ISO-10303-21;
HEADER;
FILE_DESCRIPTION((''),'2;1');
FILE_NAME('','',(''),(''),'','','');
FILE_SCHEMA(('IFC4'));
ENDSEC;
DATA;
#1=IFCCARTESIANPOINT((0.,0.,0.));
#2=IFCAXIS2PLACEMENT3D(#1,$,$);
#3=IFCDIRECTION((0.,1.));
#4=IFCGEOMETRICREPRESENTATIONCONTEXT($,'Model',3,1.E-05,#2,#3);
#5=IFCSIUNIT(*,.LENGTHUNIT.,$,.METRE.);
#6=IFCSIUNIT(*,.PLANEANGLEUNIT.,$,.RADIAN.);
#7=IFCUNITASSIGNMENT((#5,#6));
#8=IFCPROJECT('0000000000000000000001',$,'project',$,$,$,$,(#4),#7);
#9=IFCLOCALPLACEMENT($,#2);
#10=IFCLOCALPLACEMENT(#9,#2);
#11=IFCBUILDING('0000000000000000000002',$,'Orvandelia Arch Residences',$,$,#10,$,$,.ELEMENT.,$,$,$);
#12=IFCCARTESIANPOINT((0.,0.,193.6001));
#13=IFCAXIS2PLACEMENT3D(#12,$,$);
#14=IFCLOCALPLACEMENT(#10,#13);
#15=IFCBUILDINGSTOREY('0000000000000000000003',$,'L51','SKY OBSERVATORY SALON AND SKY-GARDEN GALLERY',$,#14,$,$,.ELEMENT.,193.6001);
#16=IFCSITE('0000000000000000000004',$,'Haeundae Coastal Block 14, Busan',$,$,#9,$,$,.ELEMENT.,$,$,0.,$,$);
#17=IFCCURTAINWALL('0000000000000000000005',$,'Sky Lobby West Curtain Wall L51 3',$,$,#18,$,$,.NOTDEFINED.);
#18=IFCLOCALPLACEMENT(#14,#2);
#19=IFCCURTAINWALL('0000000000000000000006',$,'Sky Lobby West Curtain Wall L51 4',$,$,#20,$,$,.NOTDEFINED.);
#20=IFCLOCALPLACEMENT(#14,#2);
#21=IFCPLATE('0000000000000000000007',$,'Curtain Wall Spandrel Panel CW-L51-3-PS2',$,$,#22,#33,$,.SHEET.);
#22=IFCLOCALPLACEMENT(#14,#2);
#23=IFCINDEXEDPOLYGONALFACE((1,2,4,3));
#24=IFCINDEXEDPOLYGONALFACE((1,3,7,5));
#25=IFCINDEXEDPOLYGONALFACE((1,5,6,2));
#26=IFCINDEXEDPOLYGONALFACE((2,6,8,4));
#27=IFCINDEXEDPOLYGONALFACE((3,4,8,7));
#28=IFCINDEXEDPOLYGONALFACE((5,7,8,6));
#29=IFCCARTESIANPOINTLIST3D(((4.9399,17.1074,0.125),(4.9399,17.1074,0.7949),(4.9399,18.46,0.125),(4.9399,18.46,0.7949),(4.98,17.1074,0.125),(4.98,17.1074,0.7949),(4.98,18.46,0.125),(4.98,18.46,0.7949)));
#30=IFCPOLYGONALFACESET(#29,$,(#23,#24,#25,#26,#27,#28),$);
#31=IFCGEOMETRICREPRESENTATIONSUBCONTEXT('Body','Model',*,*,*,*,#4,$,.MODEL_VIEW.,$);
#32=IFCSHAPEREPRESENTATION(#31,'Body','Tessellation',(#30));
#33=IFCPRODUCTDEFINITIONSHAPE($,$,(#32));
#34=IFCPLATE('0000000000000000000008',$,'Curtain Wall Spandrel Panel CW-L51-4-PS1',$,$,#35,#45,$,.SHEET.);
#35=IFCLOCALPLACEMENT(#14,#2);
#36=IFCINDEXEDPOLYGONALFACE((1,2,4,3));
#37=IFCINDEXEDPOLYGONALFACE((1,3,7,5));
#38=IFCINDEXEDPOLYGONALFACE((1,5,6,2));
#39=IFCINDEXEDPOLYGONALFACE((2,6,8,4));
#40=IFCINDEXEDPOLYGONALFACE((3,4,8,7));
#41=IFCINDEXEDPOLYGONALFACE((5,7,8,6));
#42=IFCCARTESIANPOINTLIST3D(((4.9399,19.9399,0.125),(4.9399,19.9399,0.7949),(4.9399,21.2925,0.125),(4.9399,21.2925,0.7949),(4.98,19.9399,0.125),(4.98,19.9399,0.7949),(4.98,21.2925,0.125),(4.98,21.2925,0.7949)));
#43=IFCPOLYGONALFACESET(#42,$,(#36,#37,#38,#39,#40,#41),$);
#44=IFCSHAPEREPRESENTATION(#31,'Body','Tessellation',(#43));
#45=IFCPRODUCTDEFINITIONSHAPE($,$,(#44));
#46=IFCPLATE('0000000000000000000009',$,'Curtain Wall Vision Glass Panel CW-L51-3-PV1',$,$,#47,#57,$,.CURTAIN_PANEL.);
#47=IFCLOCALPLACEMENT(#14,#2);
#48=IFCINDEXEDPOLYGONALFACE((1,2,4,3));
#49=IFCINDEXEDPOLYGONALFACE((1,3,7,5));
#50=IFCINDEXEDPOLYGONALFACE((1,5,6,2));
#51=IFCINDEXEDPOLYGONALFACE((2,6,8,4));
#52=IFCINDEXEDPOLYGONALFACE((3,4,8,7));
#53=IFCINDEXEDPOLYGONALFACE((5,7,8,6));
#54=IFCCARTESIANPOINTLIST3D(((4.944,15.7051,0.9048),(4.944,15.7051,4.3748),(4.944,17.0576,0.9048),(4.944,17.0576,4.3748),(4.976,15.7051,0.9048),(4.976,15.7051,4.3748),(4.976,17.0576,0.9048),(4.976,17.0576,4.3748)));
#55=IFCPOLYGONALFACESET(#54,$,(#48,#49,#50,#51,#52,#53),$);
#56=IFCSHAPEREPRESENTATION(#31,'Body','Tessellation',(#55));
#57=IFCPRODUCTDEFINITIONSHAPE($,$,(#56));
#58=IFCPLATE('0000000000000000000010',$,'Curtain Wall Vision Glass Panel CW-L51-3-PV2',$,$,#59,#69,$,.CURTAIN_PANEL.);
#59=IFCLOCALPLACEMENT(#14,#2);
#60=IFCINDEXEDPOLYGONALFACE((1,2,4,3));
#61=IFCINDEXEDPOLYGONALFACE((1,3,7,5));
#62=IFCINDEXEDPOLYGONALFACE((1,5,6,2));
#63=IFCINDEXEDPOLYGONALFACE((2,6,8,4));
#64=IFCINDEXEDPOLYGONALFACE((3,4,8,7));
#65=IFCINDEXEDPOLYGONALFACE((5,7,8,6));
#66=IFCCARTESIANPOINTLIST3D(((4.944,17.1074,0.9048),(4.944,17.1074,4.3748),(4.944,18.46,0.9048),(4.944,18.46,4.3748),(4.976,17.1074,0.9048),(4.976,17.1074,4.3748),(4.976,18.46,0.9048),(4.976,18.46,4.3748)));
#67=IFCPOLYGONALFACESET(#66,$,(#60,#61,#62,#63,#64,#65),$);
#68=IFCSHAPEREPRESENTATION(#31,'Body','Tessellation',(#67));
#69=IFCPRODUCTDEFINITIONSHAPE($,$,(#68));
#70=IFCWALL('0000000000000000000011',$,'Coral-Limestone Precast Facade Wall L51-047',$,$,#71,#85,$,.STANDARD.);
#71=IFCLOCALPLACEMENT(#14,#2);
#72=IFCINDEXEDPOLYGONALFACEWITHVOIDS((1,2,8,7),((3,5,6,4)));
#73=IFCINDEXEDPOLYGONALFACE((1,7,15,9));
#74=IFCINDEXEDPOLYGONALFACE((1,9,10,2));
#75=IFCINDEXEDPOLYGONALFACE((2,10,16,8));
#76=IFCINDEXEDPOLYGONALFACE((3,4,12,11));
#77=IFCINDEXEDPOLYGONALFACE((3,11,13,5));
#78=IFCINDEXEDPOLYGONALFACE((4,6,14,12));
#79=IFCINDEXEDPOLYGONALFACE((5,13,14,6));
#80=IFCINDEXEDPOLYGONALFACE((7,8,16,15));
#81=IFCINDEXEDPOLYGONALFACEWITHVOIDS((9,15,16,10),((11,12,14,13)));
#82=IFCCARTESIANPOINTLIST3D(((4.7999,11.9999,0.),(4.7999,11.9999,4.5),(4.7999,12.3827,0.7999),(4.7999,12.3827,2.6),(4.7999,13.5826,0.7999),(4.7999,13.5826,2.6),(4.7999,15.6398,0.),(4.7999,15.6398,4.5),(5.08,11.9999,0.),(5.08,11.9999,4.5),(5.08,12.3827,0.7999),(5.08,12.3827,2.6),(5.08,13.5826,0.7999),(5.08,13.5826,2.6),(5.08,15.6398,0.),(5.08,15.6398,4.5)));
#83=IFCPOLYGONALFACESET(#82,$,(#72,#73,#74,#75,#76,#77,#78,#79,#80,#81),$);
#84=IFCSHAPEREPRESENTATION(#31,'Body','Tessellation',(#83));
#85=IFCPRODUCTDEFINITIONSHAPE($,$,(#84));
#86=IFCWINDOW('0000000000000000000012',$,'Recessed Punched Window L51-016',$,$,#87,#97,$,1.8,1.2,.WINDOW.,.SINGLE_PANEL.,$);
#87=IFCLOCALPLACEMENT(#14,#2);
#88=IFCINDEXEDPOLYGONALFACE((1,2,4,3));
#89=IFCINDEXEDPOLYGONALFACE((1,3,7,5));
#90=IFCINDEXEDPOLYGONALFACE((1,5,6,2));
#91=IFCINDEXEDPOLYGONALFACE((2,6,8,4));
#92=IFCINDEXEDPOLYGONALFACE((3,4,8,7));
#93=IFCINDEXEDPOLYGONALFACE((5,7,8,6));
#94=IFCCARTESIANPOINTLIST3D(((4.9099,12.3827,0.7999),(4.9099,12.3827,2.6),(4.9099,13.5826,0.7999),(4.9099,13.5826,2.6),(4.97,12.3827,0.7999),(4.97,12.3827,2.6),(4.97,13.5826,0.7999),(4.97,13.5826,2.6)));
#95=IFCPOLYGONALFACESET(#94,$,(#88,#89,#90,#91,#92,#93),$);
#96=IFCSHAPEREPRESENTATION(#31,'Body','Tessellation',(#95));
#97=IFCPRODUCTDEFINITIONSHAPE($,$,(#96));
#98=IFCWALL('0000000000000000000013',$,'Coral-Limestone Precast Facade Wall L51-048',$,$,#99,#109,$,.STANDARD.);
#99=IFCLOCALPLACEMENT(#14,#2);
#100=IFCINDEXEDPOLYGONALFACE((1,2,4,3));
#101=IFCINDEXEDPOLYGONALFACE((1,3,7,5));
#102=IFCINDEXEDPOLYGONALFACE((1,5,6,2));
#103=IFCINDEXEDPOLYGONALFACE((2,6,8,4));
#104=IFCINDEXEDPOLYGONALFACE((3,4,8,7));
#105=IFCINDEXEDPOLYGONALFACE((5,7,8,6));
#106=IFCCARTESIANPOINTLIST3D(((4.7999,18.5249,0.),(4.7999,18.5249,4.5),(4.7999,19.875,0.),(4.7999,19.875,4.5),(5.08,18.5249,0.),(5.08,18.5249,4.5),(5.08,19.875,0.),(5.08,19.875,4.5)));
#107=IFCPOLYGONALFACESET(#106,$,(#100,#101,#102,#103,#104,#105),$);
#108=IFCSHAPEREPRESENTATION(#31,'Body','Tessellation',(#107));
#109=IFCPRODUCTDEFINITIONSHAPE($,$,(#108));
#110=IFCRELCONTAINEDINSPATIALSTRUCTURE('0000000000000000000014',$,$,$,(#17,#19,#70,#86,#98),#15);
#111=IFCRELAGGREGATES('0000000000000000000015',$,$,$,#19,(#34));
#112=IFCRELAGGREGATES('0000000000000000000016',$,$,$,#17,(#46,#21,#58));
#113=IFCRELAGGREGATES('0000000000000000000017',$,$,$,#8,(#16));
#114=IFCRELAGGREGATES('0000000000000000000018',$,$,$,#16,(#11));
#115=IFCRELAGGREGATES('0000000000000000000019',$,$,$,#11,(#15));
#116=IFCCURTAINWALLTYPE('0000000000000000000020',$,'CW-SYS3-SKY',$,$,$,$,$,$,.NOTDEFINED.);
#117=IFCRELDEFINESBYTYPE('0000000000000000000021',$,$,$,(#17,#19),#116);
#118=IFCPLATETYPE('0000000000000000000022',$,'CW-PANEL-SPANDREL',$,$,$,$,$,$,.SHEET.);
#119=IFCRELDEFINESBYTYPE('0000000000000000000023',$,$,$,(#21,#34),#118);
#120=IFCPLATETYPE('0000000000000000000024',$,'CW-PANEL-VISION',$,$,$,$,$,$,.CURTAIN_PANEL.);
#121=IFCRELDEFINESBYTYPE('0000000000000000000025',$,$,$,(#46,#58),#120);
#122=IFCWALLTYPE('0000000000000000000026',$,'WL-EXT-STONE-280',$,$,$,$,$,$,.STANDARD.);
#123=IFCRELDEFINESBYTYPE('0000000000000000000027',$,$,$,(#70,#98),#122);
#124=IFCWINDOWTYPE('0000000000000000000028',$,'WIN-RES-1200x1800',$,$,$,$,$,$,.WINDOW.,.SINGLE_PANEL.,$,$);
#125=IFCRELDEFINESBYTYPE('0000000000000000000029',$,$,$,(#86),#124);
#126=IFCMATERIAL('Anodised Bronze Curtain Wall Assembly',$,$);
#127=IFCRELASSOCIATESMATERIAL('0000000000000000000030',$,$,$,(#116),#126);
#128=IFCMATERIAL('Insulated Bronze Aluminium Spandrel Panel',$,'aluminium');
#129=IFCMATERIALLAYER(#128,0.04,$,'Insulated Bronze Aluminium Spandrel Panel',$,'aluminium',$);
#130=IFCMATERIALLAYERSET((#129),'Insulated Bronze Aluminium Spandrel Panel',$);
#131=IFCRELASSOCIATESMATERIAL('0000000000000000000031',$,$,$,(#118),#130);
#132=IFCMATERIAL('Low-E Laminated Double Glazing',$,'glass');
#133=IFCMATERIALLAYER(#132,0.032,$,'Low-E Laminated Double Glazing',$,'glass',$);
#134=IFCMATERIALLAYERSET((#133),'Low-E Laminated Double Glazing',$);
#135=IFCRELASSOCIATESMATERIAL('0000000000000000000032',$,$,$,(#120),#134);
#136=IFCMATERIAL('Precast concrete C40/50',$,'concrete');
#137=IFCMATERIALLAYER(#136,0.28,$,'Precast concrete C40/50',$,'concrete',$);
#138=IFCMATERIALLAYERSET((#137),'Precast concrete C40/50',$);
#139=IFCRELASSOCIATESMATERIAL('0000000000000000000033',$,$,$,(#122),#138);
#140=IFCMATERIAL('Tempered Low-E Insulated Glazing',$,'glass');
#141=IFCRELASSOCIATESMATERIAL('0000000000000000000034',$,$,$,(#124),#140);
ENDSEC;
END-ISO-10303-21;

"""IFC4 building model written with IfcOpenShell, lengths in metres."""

from ifc_helpers import new_model, si_unit, direction, frame, frame_2d, origin, origin_2d, place, context, subcontext, project, spatial, rectangle, extrude, material, layer, layer_set, type_object, element, fill, aggregate, save


model = new_model("IFC4")

# Units and contexts
model_context = context("Model", 3, precision=1e-05, world=origin(), true_north=direction((0.0, 1.0)))
body_context = subcontext(model_context, "Body", "Model", "MODEL_VIEW")
ifc_project = project(units=[si_unit("LENGTHUNIT", "METRE"), si_unit("PLANEANGLEUNIT", "RADIAN")], contexts=[model_context])

# Site, building, storey
site_placement = place(None, origin())
site = spatial("IfcSite", under=ifc_project, at=site_placement, Name="Haeundae Coastal Block 14, Busan", CompositionType="ELEMENT", RefElevation=0.0)
building_placement = place(site_placement, origin())
building = spatial("IfcBuilding", under=site, at=building_placement, Name="Orvandelia Arch Residences", CompositionType="ELEMENT")
storey_placement = place(building_placement, frame((0.0, 0.0, 193.6001)))
storey = spatial("IfcBuildingStorey", under=building, at=storey_placement, Name="L51", Description="SKY OBSERVATORY SALON AND SKY-GARDEN GALLERY", CompositionType="ELEMENT", Elevation=193.6001)

# Curtain wall
ifc_material_1 = material(Name="Anodised Bronze Curtain Wall Assembly")
curtain_wall_type = type_object("IfcCurtainWallType", Name="CW-SYS3-SKY", PredefinedType="NOTDEFINED", material=ifc_material_1)
curtain_wall_1_placement = place(storey_placement, origin())
curtain_wall_1 = element("IfcCurtainWall", 1, at=curtain_wall_1_placement, inside=storey, type_object=curtain_wall_type, Name="Sky Lobby West Curtain Wall L51 3", PredefinedType="NOTDEFINED")

# Curtain wall
curtain_wall_2_placement = place(storey_placement, origin())
curtain_wall_2 = element("IfcCurtainWall", 2, at=curtain_wall_2_placement, inside=storey, type_object=curtain_wall_type, Name="Sky Lobby West Curtain Wall L51 4", PredefinedType="NOTDEFINED")

# Plates
ifc_material_2 = material(Name="Insulated Bronze Aluminium Spandrel Panel", Category="aluminium")
ifc_layer_1 = layer(ifc_material_2, 0.04, Name="Insulated Bronze Aluminium Spandrel Panel", Category="aluminium")
ifc_layer_set_1 = layer_set([ifc_layer_1], Name="Insulated Bronze Aluminium Spandrel Panel")
plate_type_1 = type_object("IfcPlateType", Name="CW-PANEL-SPANDREL", PredefinedType="SHEET", material=ifc_layer_set_1)
plate_1_placement = place(storey_placement, frame((4.96, 17.7837, 0.125), z_axis=(0.0, 0.0, 1.0), x_axis=(0.0, 1.0, 0.0)))
plate_1 = element("IfcPlate", 3, at=plate_1_placement, type_object=plate_type_1, Name="Curtain Wall Spandrel Panel CW-L51-3-PS2", PredefinedType="SHEET", context=body_context, shape_type="SweptSolid", body=[
    extrude(rectangle(XDim=1.3525, YDim=0.04, at=origin_2d()), origin(), (0.0, 0.0, 1.0), 0.6699),
])
plate_2_placement = place(storey_placement, frame((4.96, 20.6162, 0.125), z_axis=(0.0, 0.0, 1.0), x_axis=(0.0, 1.0, 0.0)))
plate_2 = element("IfcPlate", 4, at=plate_2_placement, type_object=plate_type_1, Name="Curtain Wall Spandrel Panel CW-L51-4-PS1", PredefinedType="SHEET", context=body_context, shape_type="SweptSolid", body=[
    extrude(rectangle(XDim=1.3525, YDim=0.04, at=origin_2d()), origin(), (0.0, 0.0, 1.0), 0.6699),
])
aggregate(curtain_wall_2, [plate_2])
ifc_material_3 = material(Name="Low-E Laminated Double Glazing", Category="glass")
ifc_layer_2 = layer(ifc_material_3, 0.032, Name="Low-E Laminated Double Glazing", Category="glass")
ifc_layer_set_2 = layer_set([ifc_layer_2], Name="Low-E Laminated Double Glazing")
plate_type_2 = type_object("IfcPlateType", Name="CW-PANEL-VISION", PredefinedType="CURTAIN_PANEL", material=ifc_layer_set_2)
plate_3_placement = place(storey_placement, frame((4.96, 16.3813, 0.9048), z_axis=(0.0, 0.0, 1.0), x_axis=(0.0, 1.0, 0.0)))
plate_3 = element("IfcPlate", 5, at=plate_3_placement, type_object=plate_type_2, Name="Curtain Wall Vision Glass Panel CW-L51-3-PV1", PredefinedType="CURTAIN_PANEL", context=body_context, shape_type="SweptSolid", body=[
    extrude(rectangle(XDim=1.3525, YDim=0.032, at=origin_2d()), origin(), (0.0, 0.0, 1.0), 3.47),
])
plate_4_placement = place(storey_placement, frame((4.96, 17.7837, 0.9048), z_axis=(0.0, 0.0, 1.0), x_axis=(0.0, 1.0, 0.0)))
plate_4 = element("IfcPlate", 6, at=plate_4_placement, type_object=plate_type_2, Name="Curtain Wall Vision Glass Panel CW-L51-3-PV2", PredefinedType="CURTAIN_PANEL", context=body_context, shape_type="SweptSolid", body=[
    extrude(rectangle(XDim=1.3525, YDim=0.032, at=origin_2d()), origin(), (0.0, 0.0, 1.0), 3.47),
])
aggregate(curtain_wall_1, [plate_3, plate_1, plate_4])

# Wall, opening, window
ifc_material_4 = material(Name="Precast concrete C40/50", Category="concrete")
ifc_layer_3 = layer(ifc_material_4, 0.28, Name="Precast concrete C40/50", Category="concrete")
ifc_layer_set_3 = layer_set([ifc_layer_3], Name="Precast concrete C40/50")
wall_type = type_object("IfcWallType", Name="WL-EXT-STONE-280", PredefinedType="STANDARD", material=ifc_layer_set_3)
wall_1_placement = place(storey_placement, frame((4.9399, 12.0, 0.0), z_axis=(0.0, 0.0, 1.0), x_axis=(0.0, 1.0, 0.0)))
wall_1 = element("IfcWall", 7, at=wall_1_placement, inside=storey, type_object=wall_type, Name="Coral-Limestone Precast Facade Wall L51-047", PredefinedType="STANDARD", context=body_context, shape_type="SweptSolid", body=[
    extrude(rectangle(XDim=3.6399, YDim=0.28, at=frame_2d((1.8198, 0.0))), origin(), (0.0, 0.0, 1.0), 4.5),
])
opening_placement = place(wall_1_placement, frame((0.3826, 0.0, 0.8)))
opening = element("IfcOpeningElement", 8, at=opening_placement, cuts=wall_1, PredefinedType="OPENING", context=body_context, shape_type="SweptSolid", body=[
    extrude(rectangle(XDim=1.2, YDim=1.8, at=frame_2d((0.6001, 0.8999))), frame((0.0, 0.1499, 0.0), z_axis=(0.0, -1.0, 0.0), x_axis=(1.0, 0.0, 0.0)), (0.0, 0.0, 1.0), 0.3),
])
ifc_material_5 = material(Name="Tempered Low-E Insulated Glazing", Category="glass")
window_type = type_object("IfcWindowType", Name="WIN-RES-1200x1800", PartitioningType="SINGLE_PANEL", PredefinedType="WINDOW", material=ifc_material_5)
window_placement = place(opening_placement, origin())
window = element("IfcWindow", 9, at=window_placement, inside=storey, type_object=window_type, Name="Recessed Punched Window L51-016", OverallHeight=1.8, OverallWidth=1.2, PartitioningType="SINGLE_PANEL", PredefinedType="WINDOW", context=body_context, shape_type="SweptSolid", body=[
    extrude(rectangle(XDim=1.2, YDim=1.8, at=frame_2d((0.6001, 0.8999))), frame((0.0, 0.03, 0.0), z_axis=(0.0, -1.0, 0.0), x_axis=(1.0, 0.0, 0.0)), (0.0, 0.0, 1.0), 0.0601),
])
fill(opening, window)

# Wall
wall_2_placement = place(storey_placement, frame((4.9399, 18.5249, 0.0), z_axis=(0.0, 0.0, 1.0), x_axis=(0.0, 1.0, 0.0)))
element("IfcWall", 10, at=wall_2_placement, inside=storey, type_object=wall_type, Name="Coral-Limestone Precast Facade Wall L51-048", PredefinedType="STANDARD", context=body_context, shape_type="SweptSolid", body=[
    extrude(rectangle(XDim=1.3501, YDim=0.28, at=frame_2d((0.675, 0.0))), origin(), (0.0, 0.0, 1.0), 4.5),
])

save(model, "model.ifc")
